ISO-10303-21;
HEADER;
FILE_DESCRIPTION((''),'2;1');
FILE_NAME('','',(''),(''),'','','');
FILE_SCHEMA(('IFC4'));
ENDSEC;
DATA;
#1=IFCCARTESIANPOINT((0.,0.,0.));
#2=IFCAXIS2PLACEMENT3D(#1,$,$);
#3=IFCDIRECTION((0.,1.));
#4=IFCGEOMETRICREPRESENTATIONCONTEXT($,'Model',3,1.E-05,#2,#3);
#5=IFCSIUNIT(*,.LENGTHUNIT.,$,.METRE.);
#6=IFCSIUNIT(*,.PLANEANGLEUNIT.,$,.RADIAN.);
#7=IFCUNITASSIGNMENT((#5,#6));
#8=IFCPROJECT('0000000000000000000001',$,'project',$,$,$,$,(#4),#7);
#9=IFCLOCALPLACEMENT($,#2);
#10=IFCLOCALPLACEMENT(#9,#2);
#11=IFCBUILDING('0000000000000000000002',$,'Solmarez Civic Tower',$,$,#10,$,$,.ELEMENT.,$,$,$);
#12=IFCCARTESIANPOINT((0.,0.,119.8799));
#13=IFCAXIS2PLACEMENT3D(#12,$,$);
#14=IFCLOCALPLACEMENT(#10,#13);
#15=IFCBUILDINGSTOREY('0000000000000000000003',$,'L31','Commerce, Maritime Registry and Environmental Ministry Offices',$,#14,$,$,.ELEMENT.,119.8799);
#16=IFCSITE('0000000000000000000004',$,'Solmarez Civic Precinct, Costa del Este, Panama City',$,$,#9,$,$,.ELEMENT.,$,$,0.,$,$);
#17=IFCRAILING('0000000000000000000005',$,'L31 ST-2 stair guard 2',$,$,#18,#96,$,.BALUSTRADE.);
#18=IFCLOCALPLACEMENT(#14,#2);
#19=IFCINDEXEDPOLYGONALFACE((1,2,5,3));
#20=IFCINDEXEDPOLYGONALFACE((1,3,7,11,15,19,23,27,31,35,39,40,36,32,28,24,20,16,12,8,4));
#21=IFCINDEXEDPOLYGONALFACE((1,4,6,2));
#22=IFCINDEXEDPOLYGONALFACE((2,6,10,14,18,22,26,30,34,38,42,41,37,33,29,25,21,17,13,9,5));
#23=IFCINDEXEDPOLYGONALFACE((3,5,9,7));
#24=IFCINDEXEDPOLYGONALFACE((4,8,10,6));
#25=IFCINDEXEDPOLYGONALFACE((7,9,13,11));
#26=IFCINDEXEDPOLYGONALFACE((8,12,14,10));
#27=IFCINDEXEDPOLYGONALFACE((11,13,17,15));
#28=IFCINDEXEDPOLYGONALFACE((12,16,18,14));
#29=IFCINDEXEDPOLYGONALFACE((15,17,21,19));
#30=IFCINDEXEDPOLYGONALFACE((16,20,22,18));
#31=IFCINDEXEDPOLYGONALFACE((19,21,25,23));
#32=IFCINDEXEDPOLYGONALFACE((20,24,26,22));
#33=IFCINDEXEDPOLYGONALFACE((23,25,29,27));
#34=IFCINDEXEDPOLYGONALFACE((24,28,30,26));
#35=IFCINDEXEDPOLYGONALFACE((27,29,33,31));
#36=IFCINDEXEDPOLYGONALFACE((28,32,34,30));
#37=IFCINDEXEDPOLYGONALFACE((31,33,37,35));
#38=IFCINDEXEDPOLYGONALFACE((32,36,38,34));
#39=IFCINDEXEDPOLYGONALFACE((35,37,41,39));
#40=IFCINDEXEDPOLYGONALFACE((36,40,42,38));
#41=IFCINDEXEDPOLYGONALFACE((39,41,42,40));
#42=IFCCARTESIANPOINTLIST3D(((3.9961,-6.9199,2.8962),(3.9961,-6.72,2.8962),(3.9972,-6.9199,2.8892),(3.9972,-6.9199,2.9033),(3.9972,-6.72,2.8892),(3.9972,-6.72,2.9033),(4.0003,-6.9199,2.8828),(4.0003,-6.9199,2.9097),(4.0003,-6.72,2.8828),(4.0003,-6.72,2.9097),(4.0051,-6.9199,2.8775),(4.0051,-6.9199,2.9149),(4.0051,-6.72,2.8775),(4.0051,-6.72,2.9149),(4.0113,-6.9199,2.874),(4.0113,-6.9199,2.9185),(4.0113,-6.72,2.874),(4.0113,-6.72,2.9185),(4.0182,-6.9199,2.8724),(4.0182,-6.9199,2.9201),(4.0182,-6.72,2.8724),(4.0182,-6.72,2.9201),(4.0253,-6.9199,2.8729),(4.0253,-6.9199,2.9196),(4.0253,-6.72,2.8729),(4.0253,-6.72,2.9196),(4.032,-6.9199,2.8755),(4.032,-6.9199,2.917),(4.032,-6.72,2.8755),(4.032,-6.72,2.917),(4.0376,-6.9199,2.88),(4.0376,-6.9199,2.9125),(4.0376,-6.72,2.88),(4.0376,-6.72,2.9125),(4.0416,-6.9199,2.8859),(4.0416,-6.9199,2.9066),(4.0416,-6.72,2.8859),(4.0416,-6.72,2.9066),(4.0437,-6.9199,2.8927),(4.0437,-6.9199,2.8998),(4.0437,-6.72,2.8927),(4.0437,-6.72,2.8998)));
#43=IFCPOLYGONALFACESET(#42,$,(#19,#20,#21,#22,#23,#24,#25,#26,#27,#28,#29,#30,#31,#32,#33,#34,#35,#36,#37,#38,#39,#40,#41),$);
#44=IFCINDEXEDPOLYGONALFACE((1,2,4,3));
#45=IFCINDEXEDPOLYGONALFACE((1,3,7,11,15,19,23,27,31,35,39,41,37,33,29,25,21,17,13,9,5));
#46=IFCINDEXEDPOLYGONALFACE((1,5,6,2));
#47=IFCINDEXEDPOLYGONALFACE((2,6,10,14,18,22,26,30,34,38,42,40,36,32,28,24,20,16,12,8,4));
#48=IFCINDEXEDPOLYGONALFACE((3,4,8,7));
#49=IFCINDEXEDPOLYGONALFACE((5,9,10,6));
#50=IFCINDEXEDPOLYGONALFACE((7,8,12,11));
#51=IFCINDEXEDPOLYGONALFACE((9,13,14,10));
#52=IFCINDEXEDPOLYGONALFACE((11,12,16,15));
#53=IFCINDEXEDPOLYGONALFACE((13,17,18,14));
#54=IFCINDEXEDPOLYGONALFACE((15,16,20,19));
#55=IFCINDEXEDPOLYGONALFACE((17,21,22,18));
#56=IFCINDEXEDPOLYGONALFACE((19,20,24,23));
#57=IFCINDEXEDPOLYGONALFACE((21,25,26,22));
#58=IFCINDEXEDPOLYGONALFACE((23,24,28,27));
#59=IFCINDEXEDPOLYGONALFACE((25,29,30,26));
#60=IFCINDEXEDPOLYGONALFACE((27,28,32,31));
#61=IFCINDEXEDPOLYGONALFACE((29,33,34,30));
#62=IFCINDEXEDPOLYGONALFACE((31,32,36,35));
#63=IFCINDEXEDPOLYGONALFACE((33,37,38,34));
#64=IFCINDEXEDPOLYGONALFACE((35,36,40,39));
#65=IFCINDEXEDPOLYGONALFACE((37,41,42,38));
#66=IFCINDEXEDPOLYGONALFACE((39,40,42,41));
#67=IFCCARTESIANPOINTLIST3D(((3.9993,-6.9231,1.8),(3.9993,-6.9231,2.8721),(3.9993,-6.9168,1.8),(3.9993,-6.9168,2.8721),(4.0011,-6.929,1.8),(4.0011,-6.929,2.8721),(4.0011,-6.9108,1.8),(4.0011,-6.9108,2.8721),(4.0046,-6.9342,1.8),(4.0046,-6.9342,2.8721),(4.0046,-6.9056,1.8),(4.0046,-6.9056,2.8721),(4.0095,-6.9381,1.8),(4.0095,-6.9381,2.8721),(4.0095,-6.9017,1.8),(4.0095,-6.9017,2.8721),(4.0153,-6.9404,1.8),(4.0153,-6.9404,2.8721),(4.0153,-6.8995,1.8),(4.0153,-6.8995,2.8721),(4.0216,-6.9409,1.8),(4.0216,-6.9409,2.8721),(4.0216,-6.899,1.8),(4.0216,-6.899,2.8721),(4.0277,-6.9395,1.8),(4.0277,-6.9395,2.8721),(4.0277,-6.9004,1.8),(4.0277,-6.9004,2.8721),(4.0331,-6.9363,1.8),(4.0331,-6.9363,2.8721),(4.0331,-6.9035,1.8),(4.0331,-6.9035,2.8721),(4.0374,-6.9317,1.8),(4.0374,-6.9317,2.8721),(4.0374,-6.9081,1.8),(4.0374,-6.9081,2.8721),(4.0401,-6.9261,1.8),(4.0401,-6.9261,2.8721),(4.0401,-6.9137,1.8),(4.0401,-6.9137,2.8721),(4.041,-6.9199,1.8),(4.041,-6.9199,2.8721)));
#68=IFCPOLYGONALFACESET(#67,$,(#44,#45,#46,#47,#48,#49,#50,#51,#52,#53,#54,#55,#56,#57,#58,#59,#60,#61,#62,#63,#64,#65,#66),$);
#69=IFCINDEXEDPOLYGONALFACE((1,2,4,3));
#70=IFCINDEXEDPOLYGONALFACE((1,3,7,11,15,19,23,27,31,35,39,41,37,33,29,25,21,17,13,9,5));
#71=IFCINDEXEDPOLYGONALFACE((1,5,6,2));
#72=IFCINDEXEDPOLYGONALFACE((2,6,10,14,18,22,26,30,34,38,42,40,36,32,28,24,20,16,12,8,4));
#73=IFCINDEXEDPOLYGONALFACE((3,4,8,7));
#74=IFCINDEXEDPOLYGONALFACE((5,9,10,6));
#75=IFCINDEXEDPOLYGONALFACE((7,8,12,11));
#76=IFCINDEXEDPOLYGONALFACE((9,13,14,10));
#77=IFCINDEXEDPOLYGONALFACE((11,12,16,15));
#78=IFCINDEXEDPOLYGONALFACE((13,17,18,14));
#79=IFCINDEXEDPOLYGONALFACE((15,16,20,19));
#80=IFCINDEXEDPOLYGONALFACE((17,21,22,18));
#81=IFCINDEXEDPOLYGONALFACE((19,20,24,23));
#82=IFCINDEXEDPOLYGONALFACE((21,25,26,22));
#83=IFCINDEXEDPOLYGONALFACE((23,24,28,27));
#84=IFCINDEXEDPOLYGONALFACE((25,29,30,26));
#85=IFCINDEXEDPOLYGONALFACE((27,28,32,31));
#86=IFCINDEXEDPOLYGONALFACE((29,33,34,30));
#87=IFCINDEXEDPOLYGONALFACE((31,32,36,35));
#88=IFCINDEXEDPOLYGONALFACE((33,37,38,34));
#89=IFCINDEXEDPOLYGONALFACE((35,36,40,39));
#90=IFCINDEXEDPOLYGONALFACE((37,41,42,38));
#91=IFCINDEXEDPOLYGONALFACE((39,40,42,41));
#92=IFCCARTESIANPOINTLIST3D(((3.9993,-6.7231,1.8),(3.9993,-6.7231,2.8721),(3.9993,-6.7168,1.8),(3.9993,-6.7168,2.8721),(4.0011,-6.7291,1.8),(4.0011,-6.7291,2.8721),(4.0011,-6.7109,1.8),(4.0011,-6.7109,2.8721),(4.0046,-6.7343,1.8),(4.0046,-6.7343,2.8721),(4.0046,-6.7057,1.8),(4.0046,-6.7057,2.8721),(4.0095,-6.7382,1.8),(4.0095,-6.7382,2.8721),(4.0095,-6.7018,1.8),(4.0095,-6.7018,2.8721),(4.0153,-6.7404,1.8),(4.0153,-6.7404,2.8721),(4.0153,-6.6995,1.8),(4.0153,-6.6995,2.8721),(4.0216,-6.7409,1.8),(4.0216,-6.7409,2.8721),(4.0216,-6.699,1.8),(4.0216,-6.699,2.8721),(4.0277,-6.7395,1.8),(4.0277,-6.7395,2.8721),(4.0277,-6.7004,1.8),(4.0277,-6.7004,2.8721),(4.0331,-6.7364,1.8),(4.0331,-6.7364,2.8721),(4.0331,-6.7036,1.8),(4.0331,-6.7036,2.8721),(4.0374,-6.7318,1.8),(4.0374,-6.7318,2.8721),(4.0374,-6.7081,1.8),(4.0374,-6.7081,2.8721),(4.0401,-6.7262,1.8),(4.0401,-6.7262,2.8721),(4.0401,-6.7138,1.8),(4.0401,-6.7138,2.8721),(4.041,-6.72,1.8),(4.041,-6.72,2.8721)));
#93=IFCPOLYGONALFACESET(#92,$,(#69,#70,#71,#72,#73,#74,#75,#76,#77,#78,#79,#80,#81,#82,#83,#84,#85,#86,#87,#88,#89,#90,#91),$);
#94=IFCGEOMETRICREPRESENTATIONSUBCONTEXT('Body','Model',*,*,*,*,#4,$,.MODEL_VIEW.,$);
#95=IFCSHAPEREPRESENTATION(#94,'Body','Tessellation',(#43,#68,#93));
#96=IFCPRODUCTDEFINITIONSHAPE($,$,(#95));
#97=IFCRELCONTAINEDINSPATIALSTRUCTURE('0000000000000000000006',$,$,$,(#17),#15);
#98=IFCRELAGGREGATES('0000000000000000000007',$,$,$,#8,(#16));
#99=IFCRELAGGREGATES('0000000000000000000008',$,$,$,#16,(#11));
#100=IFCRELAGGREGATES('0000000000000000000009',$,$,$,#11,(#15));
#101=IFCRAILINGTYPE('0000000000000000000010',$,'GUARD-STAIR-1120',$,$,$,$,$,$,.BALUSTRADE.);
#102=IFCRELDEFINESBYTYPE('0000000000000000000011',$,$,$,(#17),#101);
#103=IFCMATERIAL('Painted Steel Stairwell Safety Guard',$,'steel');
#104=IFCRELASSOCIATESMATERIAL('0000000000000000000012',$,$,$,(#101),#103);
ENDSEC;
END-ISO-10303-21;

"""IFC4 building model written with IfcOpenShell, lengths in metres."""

from ifc_helpers import new_model, si_unit, direction, frame, origin, origin_2d, place, context, subcontext, project, spatial, circle, extrude, material, type_object, element, save


model = new_model("IFC4")

# Units and contexts
model_context = context("Model", 3, precision=1e-05, world=origin(), true_north=direction((0.0, 1.0)))
body_context = subcontext(model_context, "Body", "Model", "MODEL_VIEW")
ifc_project = project(units=[si_unit("LENGTHUNIT", "METRE"), si_unit("PLANEANGLEUNIT", "RADIAN")], contexts=[model_context])

# Site, building, storey
site_placement = place(None, origin())
site = spatial("IfcSite", under=ifc_project, at=site_placement, Name="Solmarez Civic Precinct, Costa del Este, Panama City", CompositionType="ELEMENT", RefElevation=0.0)
building_placement = place(site_placement, origin())
building = spatial("IfcBuilding", under=site, at=building_placement, Name="Solmarez Civic Tower", CompositionType="ELEMENT")
storey_placement = place(building_placement, frame((0.0, 0.0, 119.8799)))
storey = spatial("IfcBuildingStorey", under=building, at=storey_placement, Name="L31", Description="Commerce, Maritime Registry and Environmental Ministry Offices", CompositionType="ELEMENT", Elevation=119.8799)

# Railing
ifc_material_1 = material(Name="Painted Steel Stairwell Safety Guard", Category="steel")
railing_type_1 = type_object("IfcRailingType", Name="GUARD-STAIR-1120", PredefinedType="BALUSTRADE", material=ifc_material_1)
railing_1_placement = place(storey_placement, frame((4.02, -6.9199, 1.8)))
element("IfcRailing", 1, at=railing_1_placement, inside=storey, type_object=railing_type_1, Name="L31 ST-2 stair guard 2", PredefinedType="BALUSTRADE", context=body_context, shape_type="SweptSolid", body=[
    extrude(circle(Radius=0.0239, at=origin_2d()), frame((0.0, 0.0, 1.0962), z_axis=(0.0, 1.0, 0.0), x_axis=(-1.0, 0.0, 0.0)), (0.0, 0.0, 1.0), 0.2),
    extrude(circle(Radius=0.021, at=origin_2d()), origin(), (0.0, 0.0, 1.0), 1.072),
    extrude(circle(Radius=0.021, at=origin_2d()), frame((0.0, 0.2, 0.0)), (0.0, 0.0, 1.0), 1.072),
])

save(model, "model.ifc")
